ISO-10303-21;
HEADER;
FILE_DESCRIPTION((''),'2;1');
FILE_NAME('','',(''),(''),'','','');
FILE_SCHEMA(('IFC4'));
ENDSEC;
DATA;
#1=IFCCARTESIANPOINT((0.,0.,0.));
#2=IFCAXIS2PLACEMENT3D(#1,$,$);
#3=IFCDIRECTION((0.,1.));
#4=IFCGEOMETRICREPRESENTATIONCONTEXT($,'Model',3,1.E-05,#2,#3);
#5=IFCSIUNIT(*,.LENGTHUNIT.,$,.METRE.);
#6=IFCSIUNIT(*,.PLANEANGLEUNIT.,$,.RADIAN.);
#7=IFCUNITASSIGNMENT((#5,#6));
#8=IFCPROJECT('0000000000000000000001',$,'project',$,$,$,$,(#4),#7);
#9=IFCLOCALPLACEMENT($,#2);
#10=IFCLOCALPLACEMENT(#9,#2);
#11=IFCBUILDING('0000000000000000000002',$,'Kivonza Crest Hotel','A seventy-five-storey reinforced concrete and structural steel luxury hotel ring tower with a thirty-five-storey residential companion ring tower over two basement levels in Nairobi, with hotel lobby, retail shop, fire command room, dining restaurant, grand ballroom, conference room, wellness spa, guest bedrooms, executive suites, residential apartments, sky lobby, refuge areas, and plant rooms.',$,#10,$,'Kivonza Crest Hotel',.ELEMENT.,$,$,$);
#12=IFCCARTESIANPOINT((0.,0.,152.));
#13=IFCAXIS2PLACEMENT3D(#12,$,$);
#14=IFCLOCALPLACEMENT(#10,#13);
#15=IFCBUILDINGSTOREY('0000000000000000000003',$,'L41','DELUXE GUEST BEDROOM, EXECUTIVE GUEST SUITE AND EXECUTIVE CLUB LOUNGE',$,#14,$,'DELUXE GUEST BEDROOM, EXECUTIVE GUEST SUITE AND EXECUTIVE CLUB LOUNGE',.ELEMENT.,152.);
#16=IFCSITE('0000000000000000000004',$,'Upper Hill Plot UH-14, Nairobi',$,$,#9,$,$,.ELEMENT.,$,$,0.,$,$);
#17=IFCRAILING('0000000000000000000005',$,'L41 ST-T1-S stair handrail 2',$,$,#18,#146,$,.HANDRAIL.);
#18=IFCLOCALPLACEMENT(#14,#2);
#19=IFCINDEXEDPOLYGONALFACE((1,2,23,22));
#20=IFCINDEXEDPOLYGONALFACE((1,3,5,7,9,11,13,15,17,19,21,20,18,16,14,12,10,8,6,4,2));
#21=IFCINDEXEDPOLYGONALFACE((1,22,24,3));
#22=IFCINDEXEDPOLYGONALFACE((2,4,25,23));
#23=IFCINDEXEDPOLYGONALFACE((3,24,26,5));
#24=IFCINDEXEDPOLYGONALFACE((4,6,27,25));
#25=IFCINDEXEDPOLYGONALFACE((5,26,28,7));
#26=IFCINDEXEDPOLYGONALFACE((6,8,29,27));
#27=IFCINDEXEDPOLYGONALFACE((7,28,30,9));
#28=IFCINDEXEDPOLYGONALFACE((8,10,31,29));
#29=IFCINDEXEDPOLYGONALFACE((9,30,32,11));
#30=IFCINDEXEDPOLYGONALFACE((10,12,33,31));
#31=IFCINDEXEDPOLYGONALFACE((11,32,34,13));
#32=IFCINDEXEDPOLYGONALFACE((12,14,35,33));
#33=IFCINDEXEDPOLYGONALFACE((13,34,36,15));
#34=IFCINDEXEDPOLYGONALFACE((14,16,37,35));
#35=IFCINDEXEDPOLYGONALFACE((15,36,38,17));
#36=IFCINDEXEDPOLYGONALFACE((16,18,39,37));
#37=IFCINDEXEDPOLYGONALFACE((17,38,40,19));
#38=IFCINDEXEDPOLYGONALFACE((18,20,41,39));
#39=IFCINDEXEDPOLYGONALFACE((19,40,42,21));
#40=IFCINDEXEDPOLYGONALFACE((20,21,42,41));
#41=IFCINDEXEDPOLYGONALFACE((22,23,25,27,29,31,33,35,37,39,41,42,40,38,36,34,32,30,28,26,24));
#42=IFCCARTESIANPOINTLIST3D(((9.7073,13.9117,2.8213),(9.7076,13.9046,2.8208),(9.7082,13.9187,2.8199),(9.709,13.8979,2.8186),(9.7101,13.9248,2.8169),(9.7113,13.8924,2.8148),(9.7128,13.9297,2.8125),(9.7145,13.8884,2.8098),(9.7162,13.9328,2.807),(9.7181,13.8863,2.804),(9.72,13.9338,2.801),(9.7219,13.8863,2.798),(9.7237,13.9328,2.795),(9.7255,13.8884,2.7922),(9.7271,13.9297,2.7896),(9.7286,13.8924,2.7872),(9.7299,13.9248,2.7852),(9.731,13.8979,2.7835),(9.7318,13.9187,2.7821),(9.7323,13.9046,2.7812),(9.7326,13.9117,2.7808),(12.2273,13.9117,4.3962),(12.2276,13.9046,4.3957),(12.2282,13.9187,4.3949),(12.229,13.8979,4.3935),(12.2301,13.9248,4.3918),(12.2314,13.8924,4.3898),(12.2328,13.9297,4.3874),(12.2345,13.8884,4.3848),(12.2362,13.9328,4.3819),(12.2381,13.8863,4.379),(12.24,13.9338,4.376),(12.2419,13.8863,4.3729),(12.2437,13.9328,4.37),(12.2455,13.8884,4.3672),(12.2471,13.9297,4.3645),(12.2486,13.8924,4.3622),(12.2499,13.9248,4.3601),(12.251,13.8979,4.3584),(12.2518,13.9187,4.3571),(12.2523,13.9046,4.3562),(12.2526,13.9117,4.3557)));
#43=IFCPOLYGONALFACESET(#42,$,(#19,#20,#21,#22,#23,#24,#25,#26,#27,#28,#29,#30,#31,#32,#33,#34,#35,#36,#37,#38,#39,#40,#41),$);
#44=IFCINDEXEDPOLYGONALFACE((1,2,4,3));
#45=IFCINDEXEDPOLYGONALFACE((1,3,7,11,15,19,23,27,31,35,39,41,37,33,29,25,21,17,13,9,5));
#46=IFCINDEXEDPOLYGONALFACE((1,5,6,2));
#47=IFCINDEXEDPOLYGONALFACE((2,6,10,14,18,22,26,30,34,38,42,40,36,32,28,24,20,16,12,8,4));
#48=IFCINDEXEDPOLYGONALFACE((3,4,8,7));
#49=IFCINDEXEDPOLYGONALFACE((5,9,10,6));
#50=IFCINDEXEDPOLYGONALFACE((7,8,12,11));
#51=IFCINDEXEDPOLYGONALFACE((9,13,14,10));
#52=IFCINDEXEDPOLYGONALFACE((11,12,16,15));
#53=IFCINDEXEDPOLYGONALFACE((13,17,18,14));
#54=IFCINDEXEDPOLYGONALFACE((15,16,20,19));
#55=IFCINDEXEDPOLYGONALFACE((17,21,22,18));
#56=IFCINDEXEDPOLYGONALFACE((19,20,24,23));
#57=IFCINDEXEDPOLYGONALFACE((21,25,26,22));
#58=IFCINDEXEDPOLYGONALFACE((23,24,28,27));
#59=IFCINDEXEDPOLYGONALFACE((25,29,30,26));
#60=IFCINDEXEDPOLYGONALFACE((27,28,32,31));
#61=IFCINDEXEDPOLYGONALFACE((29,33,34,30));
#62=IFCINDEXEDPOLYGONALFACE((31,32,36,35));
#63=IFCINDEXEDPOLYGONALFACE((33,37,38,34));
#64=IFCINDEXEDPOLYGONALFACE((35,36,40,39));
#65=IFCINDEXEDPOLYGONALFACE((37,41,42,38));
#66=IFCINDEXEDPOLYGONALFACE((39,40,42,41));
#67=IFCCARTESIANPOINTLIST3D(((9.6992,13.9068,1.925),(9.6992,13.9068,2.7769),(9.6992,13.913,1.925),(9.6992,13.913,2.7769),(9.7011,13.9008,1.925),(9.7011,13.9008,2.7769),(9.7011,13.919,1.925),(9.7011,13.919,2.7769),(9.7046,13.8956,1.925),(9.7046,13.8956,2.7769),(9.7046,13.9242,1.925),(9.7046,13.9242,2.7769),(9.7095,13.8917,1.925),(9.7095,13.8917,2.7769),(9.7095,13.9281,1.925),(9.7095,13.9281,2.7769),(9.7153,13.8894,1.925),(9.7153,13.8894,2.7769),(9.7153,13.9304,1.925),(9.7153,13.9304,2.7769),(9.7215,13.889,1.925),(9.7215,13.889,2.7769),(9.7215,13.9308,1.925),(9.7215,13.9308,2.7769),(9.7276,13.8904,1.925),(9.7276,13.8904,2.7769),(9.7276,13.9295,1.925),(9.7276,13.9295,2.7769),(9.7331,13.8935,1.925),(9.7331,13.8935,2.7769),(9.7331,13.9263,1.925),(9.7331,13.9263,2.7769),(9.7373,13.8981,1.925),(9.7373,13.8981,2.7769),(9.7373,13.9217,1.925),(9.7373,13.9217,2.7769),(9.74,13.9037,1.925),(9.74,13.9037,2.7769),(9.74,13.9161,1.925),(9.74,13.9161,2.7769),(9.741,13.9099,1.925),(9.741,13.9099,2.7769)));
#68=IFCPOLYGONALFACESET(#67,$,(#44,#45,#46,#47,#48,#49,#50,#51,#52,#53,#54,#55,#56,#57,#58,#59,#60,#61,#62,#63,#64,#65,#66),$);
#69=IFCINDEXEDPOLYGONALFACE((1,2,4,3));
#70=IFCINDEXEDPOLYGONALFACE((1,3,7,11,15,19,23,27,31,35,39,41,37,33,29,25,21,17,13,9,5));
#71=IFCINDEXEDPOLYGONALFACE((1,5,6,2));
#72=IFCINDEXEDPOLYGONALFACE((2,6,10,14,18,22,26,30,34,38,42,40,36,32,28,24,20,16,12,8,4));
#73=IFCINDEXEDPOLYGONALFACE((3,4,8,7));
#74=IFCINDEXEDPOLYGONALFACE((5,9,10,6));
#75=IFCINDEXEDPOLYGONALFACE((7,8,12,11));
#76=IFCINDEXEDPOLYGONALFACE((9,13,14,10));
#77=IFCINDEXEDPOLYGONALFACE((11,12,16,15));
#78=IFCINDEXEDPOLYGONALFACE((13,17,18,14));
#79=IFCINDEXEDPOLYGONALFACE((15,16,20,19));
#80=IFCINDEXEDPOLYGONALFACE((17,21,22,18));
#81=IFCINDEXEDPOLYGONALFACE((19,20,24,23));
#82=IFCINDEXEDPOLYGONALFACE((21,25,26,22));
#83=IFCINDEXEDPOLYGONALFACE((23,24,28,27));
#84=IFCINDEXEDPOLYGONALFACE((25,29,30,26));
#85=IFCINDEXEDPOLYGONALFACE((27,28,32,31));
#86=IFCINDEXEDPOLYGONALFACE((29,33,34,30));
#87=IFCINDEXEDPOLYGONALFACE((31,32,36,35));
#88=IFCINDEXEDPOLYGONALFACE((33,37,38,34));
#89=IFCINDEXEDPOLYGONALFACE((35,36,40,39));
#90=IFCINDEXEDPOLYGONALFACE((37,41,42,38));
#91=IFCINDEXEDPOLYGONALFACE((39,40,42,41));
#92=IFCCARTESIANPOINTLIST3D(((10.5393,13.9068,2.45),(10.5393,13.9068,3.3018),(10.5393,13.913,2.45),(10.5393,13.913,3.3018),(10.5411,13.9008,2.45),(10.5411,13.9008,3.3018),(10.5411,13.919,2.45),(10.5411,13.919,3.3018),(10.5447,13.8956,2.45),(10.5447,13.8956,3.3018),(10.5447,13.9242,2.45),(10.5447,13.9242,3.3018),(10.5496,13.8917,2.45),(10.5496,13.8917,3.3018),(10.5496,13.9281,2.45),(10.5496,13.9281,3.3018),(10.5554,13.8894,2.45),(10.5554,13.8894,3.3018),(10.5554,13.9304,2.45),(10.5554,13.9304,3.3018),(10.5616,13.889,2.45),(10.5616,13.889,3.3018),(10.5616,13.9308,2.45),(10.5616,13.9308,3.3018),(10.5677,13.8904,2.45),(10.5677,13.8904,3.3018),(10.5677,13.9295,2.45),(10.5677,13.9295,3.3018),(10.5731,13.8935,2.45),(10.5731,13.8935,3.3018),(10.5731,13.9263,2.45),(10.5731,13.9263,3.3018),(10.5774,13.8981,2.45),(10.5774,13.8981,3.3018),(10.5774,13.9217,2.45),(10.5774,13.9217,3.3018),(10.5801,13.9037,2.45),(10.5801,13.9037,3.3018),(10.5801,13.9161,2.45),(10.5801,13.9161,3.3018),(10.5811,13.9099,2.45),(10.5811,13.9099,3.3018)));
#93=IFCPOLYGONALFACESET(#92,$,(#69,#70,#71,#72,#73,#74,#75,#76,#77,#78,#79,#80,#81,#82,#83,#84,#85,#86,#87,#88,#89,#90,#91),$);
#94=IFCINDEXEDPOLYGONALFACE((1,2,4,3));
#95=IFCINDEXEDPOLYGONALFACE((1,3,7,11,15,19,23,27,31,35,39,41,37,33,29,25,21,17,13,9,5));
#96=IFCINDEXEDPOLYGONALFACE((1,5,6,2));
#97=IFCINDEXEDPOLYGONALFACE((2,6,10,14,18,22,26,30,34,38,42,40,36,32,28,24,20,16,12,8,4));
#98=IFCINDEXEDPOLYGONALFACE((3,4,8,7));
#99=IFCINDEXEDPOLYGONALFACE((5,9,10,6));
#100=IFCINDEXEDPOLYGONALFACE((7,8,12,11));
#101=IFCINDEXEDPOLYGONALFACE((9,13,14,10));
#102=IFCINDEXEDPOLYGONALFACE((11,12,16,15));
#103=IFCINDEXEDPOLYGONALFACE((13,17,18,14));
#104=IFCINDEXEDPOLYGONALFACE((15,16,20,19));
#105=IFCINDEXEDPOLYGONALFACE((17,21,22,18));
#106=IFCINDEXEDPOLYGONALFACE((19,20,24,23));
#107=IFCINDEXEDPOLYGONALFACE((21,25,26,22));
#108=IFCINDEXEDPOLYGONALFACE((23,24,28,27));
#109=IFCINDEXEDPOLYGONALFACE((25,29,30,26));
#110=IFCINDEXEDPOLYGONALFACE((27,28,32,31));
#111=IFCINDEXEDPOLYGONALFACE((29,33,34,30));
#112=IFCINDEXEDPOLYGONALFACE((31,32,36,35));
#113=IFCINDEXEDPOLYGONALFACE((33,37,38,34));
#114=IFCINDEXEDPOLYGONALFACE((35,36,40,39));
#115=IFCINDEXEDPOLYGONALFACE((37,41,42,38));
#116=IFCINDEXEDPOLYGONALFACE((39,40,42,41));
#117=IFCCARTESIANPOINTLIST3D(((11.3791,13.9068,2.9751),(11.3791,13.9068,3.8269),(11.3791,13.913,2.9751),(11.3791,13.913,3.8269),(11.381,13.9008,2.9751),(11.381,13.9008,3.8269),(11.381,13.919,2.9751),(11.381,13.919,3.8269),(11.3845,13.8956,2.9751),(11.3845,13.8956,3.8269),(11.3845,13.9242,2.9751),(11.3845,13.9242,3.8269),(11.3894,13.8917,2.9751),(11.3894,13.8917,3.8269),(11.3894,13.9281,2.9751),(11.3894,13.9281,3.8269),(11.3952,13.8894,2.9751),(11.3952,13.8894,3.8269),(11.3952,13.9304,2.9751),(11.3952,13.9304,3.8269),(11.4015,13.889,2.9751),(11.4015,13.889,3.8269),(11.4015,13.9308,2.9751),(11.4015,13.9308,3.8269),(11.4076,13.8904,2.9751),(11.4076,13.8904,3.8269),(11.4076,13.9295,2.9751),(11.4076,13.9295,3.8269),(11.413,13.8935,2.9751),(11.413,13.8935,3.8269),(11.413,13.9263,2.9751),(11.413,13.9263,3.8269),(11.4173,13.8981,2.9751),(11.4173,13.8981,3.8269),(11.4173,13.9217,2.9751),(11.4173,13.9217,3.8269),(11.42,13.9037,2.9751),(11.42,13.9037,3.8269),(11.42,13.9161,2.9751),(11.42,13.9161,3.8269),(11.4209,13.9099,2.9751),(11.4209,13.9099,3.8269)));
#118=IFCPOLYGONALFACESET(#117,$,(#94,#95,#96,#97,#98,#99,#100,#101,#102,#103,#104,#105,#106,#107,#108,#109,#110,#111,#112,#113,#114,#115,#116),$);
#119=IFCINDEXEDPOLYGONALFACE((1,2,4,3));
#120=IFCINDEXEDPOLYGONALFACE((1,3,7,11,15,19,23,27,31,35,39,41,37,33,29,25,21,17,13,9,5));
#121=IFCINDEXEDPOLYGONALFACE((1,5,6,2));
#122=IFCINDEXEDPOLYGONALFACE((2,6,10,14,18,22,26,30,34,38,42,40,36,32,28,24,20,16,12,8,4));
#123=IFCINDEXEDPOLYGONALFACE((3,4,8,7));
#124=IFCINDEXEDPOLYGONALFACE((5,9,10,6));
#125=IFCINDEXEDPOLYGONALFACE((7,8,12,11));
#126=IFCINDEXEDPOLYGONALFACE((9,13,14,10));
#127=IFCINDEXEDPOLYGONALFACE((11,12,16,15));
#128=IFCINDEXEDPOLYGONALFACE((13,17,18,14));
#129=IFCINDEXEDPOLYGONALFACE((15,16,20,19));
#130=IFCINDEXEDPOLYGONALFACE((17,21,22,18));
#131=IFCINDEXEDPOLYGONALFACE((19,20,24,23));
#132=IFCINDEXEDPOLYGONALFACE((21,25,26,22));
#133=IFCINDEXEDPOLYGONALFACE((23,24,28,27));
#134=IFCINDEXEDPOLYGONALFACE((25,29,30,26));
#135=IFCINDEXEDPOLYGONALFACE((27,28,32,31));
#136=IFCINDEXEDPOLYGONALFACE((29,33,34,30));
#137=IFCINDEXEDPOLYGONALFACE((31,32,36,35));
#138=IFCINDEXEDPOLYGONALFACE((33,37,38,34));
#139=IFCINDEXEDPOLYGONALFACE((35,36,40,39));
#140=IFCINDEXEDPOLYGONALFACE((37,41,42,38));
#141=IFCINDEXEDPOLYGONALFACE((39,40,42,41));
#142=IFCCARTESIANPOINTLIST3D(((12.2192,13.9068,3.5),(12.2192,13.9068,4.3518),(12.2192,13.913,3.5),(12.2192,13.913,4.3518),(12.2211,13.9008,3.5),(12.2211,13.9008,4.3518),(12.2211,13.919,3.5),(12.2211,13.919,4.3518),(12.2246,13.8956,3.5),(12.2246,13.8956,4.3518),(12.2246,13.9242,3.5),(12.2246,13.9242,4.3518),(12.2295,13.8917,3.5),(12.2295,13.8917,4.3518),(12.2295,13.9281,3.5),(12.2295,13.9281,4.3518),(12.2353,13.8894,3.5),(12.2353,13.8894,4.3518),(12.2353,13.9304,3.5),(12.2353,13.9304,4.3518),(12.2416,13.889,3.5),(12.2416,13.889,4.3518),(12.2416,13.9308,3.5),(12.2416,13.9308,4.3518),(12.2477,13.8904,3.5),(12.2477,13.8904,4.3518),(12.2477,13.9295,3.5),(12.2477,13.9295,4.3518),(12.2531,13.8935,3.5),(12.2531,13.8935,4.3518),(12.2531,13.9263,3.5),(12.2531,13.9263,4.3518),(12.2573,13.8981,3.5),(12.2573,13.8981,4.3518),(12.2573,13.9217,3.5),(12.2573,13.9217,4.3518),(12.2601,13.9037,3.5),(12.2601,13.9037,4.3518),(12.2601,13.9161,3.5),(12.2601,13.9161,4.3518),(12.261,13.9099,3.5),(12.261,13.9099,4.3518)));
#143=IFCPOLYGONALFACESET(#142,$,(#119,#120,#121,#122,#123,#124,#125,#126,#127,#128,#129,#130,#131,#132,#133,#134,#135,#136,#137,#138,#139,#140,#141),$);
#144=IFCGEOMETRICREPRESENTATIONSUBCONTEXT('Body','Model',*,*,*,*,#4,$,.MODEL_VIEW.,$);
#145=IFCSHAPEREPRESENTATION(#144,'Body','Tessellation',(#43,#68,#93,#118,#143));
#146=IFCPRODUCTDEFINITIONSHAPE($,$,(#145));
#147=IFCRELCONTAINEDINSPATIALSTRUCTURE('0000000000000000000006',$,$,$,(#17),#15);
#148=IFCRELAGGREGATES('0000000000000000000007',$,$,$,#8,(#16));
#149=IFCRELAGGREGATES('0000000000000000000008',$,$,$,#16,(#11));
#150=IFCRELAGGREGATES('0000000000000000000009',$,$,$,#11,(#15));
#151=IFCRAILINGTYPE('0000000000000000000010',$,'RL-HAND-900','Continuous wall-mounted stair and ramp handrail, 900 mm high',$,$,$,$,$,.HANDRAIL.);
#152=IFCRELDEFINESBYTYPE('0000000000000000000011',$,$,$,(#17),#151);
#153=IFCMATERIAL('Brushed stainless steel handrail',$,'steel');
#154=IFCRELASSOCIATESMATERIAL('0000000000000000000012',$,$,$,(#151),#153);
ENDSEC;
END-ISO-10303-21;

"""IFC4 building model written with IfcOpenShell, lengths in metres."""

from ifc_helpers import new_model, si_unit, direction, frame, origin, origin_2d, place, context, subcontext, project, spatial, circle, extrude, material, type_object, element, save


model = new_model("IFC4")

# Units and contexts
model_context = context("Model", 3, precision=1e-05, world=origin(), true_north=direction((0.0, 1.0)))
body_context = subcontext(model_context, "Body", "Model", "MODEL_VIEW")
ifc_project = project(units=[si_unit("LENGTHUNIT", "METRE"), si_unit("PLANEANGLEUNIT", "RADIAN")], contexts=[model_context])

# Site, building, storey
site_placement = place(None, origin())
site = spatial("IfcSite", under=ifc_project, at=site_placement, Name="Upper Hill Plot UH-14, Nairobi", CompositionType="ELEMENT", RefElevation=0.0)
building_placement = place(site_placement, origin())
building = spatial("IfcBuilding", under=site, at=building_placement, Name="Kivonza Crest Hotel", Description="A seventy-five-storey reinforced concrete and structural steel luxury hotel ring tower with a thirty-five-storey residential companion ring tower over two basement levels in Nairobi, with hotel lobby, retail shop, fire command room, dining restaurant, grand ballroom, conference room, wellness spa, guest bedrooms, executive suites, residential apartments, sky lobby, refuge areas, and plant rooms.", LongName="Kivonza Crest Hotel", CompositionType="ELEMENT")
storey_placement = place(building_placement, frame((0.0, 0.0, 152.0)))
storey = spatial("IfcBuildingStorey", under=building, at=storey_placement, Name="L41", Description="DELUXE GUEST BEDROOM, EXECUTIVE GUEST SUITE AND EXECUTIVE CLUB LOUNGE", LongName="DELUXE GUEST BEDROOM, EXECUTIVE GUEST SUITE AND EXECUTIVE CLUB LOUNGE", CompositionType="ELEMENT", Elevation=152.0)

# Railing
ifc_material_1 = material(Name="Brushed stainless steel handrail", Category="steel")
railing_type_1 = type_object("IfcRailingType", Name="RL-HAND-900", Description="Continuous wall-mounted stair and ramp handrail, 900 mm high", PredefinedType="HANDRAIL", material=ifc_material_1)
railing_1_placement = place(storey_placement, frame((9.72, 13.9099, 1.925)))
element("IfcRailing", 1, at=railing_1_placement, inside=storey, type_object=railing_type_1, Name="L41 ST-T1-S stair handrail 2", PredefinedType="HANDRAIL", context=body_context, shape_type="SweptSolid", body=[
    extrude(circle(Radius=0.0239, at=origin_2d()), frame((0.0, 0.0, 0.876), z_axis=(0.848008, 0.0, 0.529984), x_axis=(0.0, 1.0, 0.0)), (0.0, 0.0, 1.0), 2.9717),
    extrude(circle(Radius=0.021, at=origin_2d()), origin(), (0.0, 0.0, 1.0), 0.8518),
    extrude(circle(Radius=0.021, at=origin_2d()), frame((0.8401, 0.0, 0.5249)), (0.0, 0.0, 1.0), 0.8518),
    extrude(circle(Radius=0.021, at=origin_2d()), frame((1.6799, 0.0, 1.05)), (0.0, 0.0, 1.0), 0.8518),
    extrude(circle(Radius=0.021, at=origin_2d()), frame((2.52, 0.0, 1.575)), (0.0, 0.0, 1.0), 0.8518),
])

save(model, "model.ifc")
